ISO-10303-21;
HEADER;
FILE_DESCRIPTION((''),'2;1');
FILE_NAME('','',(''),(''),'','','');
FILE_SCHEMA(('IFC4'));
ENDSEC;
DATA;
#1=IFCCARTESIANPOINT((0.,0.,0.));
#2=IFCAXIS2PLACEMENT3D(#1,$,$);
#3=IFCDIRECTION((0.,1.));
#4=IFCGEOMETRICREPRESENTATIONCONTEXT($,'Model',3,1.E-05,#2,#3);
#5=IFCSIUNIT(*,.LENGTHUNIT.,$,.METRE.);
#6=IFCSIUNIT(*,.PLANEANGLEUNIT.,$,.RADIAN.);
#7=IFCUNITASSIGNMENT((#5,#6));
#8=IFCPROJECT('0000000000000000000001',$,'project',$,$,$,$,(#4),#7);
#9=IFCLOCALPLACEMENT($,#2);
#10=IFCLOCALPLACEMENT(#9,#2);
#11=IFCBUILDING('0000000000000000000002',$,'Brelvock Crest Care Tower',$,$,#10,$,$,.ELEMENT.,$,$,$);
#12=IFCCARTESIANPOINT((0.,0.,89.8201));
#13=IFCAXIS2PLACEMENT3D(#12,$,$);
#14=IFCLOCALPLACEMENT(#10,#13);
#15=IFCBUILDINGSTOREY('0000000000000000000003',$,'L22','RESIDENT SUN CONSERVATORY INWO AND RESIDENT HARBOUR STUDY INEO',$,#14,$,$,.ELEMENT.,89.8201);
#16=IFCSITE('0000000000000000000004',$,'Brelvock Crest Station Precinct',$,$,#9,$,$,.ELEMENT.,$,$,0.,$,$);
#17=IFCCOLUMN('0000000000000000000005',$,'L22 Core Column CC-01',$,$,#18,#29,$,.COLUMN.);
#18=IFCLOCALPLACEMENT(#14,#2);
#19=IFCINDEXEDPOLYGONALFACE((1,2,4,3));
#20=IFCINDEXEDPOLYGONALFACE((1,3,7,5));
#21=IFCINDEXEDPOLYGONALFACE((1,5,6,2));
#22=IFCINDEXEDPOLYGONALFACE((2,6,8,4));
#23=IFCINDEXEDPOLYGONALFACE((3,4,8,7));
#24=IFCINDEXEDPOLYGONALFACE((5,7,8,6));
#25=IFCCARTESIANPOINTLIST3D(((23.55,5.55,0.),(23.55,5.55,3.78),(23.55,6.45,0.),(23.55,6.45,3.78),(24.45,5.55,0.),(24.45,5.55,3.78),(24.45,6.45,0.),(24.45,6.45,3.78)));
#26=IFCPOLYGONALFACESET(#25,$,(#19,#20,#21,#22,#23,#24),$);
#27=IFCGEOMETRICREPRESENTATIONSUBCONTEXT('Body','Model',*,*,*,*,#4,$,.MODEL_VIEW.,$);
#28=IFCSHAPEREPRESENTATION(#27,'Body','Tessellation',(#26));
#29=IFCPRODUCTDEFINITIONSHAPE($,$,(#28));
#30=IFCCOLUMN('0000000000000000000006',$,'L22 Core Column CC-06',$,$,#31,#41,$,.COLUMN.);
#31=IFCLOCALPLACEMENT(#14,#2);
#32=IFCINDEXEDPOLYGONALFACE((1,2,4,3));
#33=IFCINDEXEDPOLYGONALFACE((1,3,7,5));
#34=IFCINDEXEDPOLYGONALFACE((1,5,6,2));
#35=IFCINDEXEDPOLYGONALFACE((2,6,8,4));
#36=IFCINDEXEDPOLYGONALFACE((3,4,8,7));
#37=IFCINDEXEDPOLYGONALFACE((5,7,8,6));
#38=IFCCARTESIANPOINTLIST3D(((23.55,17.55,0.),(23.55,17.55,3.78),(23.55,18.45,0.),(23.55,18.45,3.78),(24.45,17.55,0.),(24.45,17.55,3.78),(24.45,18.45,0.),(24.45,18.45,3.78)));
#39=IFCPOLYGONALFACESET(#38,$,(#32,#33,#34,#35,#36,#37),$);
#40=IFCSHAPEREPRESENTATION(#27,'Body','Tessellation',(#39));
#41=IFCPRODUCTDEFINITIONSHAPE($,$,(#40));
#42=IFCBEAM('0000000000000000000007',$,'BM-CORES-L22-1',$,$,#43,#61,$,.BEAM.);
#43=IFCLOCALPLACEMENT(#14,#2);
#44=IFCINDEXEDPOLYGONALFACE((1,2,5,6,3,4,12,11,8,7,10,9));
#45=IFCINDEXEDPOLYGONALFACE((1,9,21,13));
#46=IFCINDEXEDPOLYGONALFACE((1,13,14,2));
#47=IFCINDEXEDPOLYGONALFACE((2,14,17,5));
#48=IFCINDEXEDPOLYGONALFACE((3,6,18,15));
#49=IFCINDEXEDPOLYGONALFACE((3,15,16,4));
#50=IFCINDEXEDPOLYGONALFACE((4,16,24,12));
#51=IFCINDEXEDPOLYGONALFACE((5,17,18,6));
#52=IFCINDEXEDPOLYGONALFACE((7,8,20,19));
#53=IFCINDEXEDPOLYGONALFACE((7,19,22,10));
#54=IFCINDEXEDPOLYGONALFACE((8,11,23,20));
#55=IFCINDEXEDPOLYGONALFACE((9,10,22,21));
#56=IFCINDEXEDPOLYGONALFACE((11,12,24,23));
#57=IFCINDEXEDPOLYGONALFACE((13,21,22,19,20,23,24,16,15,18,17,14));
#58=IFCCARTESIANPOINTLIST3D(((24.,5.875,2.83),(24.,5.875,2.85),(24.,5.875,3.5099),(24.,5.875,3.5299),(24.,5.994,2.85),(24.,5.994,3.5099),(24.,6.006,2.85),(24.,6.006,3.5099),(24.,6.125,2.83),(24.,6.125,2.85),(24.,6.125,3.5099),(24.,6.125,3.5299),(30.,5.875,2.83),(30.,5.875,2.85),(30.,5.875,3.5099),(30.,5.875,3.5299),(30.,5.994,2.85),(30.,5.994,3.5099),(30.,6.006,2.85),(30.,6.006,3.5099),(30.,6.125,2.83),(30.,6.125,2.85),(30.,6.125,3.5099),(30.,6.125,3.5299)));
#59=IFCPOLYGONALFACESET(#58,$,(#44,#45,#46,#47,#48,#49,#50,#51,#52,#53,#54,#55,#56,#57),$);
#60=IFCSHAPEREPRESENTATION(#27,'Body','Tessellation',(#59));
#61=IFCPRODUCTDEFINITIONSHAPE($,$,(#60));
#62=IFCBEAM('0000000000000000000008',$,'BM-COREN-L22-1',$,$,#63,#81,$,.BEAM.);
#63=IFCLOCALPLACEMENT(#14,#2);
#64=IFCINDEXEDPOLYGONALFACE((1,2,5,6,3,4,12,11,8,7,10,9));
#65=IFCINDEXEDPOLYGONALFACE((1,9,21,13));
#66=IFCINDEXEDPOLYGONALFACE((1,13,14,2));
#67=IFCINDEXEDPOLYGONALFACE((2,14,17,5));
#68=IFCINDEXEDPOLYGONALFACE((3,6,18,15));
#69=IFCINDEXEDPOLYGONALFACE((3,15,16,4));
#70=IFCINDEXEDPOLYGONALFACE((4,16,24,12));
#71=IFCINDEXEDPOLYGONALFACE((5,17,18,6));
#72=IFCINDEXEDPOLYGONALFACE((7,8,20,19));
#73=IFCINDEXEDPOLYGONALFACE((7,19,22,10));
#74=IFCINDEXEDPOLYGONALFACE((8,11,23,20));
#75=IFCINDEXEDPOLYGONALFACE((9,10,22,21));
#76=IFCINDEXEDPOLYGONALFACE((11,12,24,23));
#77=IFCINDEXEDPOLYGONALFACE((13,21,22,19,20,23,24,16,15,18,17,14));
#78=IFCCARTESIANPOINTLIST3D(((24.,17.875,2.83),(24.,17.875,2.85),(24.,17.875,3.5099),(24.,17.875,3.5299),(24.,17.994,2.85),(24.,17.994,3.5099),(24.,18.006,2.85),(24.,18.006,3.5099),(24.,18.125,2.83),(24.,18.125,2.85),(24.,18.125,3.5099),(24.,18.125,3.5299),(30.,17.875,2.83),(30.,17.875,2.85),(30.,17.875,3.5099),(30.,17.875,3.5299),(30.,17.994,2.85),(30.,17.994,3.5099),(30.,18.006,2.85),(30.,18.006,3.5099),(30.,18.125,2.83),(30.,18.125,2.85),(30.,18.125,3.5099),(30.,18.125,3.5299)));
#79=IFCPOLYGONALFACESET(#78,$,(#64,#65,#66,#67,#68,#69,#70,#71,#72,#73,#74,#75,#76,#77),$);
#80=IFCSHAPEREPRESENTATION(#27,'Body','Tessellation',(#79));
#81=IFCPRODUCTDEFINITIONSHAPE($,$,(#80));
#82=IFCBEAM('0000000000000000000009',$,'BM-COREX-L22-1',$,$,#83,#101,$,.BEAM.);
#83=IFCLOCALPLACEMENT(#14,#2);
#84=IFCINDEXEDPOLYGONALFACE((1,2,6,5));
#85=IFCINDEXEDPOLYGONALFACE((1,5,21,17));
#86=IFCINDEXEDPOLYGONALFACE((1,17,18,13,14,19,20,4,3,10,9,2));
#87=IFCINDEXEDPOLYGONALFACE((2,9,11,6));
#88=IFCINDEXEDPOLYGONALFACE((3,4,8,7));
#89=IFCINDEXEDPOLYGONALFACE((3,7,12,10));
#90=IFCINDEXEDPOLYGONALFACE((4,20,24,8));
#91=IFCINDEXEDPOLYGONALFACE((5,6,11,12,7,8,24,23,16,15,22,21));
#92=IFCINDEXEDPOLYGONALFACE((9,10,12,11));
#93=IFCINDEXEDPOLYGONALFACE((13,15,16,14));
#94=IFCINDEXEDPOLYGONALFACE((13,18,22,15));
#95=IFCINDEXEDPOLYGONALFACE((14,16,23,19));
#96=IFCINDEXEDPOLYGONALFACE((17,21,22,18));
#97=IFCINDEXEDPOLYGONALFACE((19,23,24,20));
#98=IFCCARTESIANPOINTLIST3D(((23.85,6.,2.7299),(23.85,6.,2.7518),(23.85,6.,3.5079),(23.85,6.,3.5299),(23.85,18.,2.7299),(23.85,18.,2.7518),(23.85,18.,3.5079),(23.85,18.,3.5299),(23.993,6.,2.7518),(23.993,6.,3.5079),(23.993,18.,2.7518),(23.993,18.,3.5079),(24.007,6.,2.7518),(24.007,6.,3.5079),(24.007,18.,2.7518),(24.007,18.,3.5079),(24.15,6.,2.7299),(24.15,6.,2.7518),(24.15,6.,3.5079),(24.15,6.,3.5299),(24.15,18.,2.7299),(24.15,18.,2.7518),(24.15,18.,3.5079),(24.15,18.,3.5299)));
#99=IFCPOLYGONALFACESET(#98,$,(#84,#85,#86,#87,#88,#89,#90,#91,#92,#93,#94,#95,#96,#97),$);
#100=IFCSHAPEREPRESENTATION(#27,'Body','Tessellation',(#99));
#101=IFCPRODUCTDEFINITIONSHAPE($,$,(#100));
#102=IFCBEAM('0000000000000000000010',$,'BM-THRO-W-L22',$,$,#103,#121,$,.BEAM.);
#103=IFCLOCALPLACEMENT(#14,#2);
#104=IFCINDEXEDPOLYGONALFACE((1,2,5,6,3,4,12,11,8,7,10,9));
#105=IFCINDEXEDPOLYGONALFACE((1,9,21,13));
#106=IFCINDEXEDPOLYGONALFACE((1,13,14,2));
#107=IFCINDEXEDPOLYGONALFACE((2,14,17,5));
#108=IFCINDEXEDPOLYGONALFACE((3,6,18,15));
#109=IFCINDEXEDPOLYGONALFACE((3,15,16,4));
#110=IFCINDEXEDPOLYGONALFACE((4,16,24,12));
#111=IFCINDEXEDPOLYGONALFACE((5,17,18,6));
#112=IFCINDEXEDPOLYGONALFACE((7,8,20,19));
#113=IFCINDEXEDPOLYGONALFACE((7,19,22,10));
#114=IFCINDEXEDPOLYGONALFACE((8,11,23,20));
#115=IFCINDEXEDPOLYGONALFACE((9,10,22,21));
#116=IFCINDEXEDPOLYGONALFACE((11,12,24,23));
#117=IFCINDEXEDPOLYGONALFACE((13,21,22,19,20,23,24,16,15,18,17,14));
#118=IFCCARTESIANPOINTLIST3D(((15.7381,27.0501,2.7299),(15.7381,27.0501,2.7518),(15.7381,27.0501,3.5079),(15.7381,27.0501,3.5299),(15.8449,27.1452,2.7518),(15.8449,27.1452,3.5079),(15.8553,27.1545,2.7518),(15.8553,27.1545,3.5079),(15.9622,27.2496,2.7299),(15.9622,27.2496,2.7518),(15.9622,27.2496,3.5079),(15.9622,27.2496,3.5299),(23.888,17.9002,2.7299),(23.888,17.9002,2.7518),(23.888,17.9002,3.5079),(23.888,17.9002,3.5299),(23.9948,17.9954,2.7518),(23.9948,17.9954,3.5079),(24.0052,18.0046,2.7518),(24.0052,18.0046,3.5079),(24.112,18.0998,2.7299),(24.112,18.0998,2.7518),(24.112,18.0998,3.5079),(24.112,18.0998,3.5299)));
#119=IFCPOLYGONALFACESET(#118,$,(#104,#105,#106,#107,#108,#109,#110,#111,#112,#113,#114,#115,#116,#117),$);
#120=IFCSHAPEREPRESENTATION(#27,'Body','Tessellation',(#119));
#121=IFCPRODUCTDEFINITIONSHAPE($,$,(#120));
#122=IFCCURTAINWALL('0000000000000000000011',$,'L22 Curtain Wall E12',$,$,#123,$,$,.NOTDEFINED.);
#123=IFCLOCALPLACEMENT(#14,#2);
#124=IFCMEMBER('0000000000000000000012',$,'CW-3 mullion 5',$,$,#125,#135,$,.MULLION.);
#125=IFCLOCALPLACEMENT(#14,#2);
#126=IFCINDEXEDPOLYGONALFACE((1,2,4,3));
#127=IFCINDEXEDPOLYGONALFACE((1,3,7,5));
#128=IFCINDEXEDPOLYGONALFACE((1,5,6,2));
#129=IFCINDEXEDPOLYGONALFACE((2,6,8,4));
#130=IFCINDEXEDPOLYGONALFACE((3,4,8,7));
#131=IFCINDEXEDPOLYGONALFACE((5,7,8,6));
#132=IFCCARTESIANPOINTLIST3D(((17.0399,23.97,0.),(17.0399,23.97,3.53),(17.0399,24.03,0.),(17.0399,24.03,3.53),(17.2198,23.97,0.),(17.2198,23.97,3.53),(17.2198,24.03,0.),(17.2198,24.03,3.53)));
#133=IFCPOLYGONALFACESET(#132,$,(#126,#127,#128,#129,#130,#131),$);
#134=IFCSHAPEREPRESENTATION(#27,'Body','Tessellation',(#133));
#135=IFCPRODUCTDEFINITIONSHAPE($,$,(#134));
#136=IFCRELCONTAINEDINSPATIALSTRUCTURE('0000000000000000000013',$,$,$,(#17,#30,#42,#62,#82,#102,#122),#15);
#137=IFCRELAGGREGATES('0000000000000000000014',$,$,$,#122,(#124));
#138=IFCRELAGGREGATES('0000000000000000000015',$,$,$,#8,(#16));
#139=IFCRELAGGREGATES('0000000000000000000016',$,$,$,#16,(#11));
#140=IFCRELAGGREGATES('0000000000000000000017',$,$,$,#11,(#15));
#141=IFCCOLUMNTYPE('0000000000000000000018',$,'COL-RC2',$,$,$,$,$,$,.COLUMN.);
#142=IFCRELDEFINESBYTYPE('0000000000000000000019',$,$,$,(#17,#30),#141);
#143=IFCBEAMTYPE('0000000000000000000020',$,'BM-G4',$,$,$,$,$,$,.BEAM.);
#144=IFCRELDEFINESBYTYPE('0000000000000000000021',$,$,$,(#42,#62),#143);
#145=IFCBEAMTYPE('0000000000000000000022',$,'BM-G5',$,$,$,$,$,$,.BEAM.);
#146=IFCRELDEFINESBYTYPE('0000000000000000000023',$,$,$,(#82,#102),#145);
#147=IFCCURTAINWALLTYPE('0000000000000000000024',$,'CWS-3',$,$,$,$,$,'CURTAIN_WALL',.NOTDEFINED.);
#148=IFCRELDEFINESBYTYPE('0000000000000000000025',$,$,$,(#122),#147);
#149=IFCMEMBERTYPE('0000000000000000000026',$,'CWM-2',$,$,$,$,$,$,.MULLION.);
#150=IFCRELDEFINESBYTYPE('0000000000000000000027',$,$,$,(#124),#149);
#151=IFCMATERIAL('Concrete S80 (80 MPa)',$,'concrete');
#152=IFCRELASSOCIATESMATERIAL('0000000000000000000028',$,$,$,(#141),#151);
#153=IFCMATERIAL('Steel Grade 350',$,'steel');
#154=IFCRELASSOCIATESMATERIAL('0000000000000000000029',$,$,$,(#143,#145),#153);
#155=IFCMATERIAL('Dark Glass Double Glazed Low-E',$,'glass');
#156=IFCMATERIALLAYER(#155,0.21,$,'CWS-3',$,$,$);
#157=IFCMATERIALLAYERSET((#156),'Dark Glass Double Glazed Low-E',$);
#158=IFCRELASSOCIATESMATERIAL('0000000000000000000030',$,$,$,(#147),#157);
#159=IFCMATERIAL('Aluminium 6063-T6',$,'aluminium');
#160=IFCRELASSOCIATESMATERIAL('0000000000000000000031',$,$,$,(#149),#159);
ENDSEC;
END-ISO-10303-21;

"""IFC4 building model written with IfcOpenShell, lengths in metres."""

from ifc_helpers import new_model, si_unit, direction, frame, origin, origin_2d, place, context, subcontext, project, spatial, rectangle, i_section, extrude, source, transform, mapped, material, layer, layer_set, material_profile, profile_set, type_object, element, aggregate, save


model = new_model("IFC4")

# Units and contexts
model_context = context("Model", 3, precision=1e-05, world=origin(), true_north=direction((0.0, 1.0)))
body_context = subcontext(model_context, "Body", "Model", "MODEL_VIEW")
ifc_project = project(units=[si_unit("LENGTHUNIT", "METRE"), si_unit("PLANEANGLEUNIT", "RADIAN")], contexts=[model_context])

# Site, building, storey
site_placement = place(None, origin())
site = spatial("IfcSite", under=ifc_project, at=site_placement, Name="Brelvock Crest Station Precinct", CompositionType="ELEMENT", RefElevation=0.0)
building_placement = place(site_placement, origin())
building = spatial("IfcBuilding", under=site, at=building_placement, Name="Brelvock Crest Care Tower", CompositionType="ELEMENT")
storey_placement = place(building_placement, frame((0.0, 0.0, 89.8201)))
storey = spatial("IfcBuildingStorey", under=building, at=storey_placement, Name="L22", Description="RESIDENT SUN CONSERVATORY INWO AND RESIDENT HARBOUR STUDY INEO", CompositionType="ELEMENT", Elevation=89.8201)

# Columns
ifc_material_1 = material(Name="Concrete S80 (80 MPa)", Category="concrete")
ifc_material_profile_1 = material_profile(ifc_material_1, rectangle(XDim=0.8999, YDim=0.8999, at=origin_2d()), Name="RC900x900")
ifc_profile_set_1 = profile_set([ifc_material_profile_1], Name="Concrete S80 (80 MPa)")
column_type = type_object("IfcColumnType", Name="COL-RC2", PredefinedType="COLUMN", material=ifc_profile_set_1)
shared_shape_1 = source(origin(), body_context, "Body", "SweptSolid", [
    extrude(rectangle(XDim=0.8999, YDim=0.8999, at=origin_2d()), origin(), (0.0, 0.0, 1.0), 3.78),
])
for number, where, z_axis, x_axis, name in (
    (1, (24.0, 6.0, 0.0), (0.0, 0.0, 1.0), (1.0, 0.0, 0.0), "L22 Core Column CC-01"),
    (2, (24.0, 18.0, 0.0), (0.0, 0.0, 1.0), (1.0, 0.0, 0.0), "L22 Core Column CC-06"),
):
    element("IfcColumn", number, at=place(storey_placement, frame(where, z_axis=z_axis, x_axis=x_axis)), inside=storey, type_object=column_type, Name=name, PredefinedType="COLUMN", context=body_context, shape_type="MappedRepresentation", body=[
        mapped(shared_shape_1, transform((0.0, 0.0, 0.0), x_axis=(1.0, 0.0, 0.0), y_axis=(0.0, 1.0, 0.0), z_axis=(0.0, 0.0, 1.0), scale=1.0)),
    ])

# Beams
ifc_material_2 = material(Name="Steel Grade 350", Category="steel")
ifc_material_profile_2 = material_profile(ifc_material_2, i_section(OverallWidth=0.25, OverallDepth=0.7, WebThickness=0.012, FlangeThickness=0.02, at=origin_2d()), Name="700WB150")
ifc_profile_set_2 = profile_set([ifc_material_profile_2], Name="Steel Grade 350")
beam_type_1 = type_object("IfcBeamType", Name="BM-G4", PredefinedType="BEAM", material=ifc_profile_set_2)
shared_shape_2 = source(origin(), body_context, "Body", "SweptSolid", [
    extrude(i_section(OverallWidth=0.25, OverallDepth=0.7, WebThickness=0.012, FlangeThickness=0.02, at=origin_2d()), origin(), (0.0, 0.0, 1.0), 6.0),
])
for number, where, z_axis, x_axis, name in (
    (3, (24.0, 6.0, 3.1799), (1.0, 0.0, 0.0), (0.0, 1.0, 0.0), "BM-CORES-L22-1"),
    (4, (24.0, 18.0, 3.1799), (1.0, 0.0, 0.0), (0.0, 1.0, 0.0), "BM-COREN-L22-1"),
):
    element("IfcBeam", number, at=place(storey_placement, frame(where, z_axis=z_axis, x_axis=x_axis)), inside=storey, type_object=beam_type_1, Name=name, PredefinedType="BEAM", context=body_context, shape_type="MappedRepresentation", body=[
        mapped(shared_shape_2, transform((0.0, 0.0, 0.0), x_axis=(1.0, 0.0, 0.0), y_axis=(0.0, 1.0, 0.0), z_axis=(0.0, 0.0, 1.0), scale=1.0)),
    ])
ifc_material_profile_3 = material_profile(ifc_material_2, i_section(OverallWidth=0.3, OverallDepth=0.8, WebThickness=0.0139, FlangeThickness=0.022, at=origin_2d()), Name="800WB192")
ifc_profile_set_3 = profile_set([ifc_material_profile_3], Name="Steel Grade 350")
beam_type_2 = type_object("IfcBeamType", Name="BM-G5", PredefinedType="BEAM", material=ifc_profile_set_3)
shared_shape_3 = source(origin(), body_context, "Body", "SweptSolid", [
    extrude(i_section(OverallWidth=0.3, OverallDepth=0.8, WebThickness=0.0139, FlangeThickness=0.022, at=origin_2d()), origin(), (0.0, 0.0, 1.0), 12.0),
])
beam_1_placement = place(storey_placement, frame((24.0, 6.0, 3.1299), z_axis=(0.0, 1.0, 0.0), x_axis=(-1.0, 0.0, 0.0)))
element("IfcBeam", 5, at=beam_1_placement, inside=storey, type_object=beam_type_2, Name="BM-COREX-L22-1", PredefinedType="BEAM", context=body_context, shape_type="MappedRepresentation", body=[
    mapped(shared_shape_3, transform((0.0, 0.0, 0.0), x_axis=(1.0, 0.0, 0.0), y_axis=(0.0, 1.0, 0.0), z_axis=(0.0, 0.0, 1.0), scale=1.0)),
])
shared_shape_4 = source(origin(), body_context, "Body", "SweptSolid", [
    extrude(i_section(OverallWidth=0.3, OverallDepth=0.8, WebThickness=0.0139, FlangeThickness=0.022, at=origin_2d()), origin(), (0.0, 0.0, 1.0), 12.2532),
])
beam_2_placement = place(storey_placement, frame((24.0, 18.0, 3.1299), z_axis=(-0.665123, 0.746734, 0.0), x_axis=(-0.746734, -0.665123, 0.0)))
element("IfcBeam", 6, at=beam_2_placement, inside=storey, type_object=beam_type_2, Name="BM-THRO-W-L22", PredefinedType="BEAM", context=body_context, shape_type="MappedRepresentation", body=[
    mapped(shared_shape_4, transform((0.0, 0.0, 0.0), x_axis=(1.0, 0.0, 0.0), y_axis=(0.0, 1.0, 0.0), z_axis=(0.0, 0.0, 1.0), scale=1.0)),
])

# Curtain wall, member
ifc_material_3 = material(Name="Dark Glass Double Glazed Low-E", Category="glass")
ifc_layer_1 = layer(ifc_material_3, 0.21, Name="CWS-3")
ifc_layer_set_1 = layer_set([ifc_layer_1], Name="Dark Glass Double Glazed Low-E")
curtain_wall_type = type_object("IfcCurtainWallType", Name="CWS-3", ElementType="CURTAIN_WALL", PredefinedType="NOTDEFINED", material=ifc_layer_set_1)
curtain_wall_placement = place(storey_placement, origin())
curtain_wall = element("IfcCurtainWall", 7, at=curtain_wall_placement, inside=storey, type_object=curtain_wall_type, Name="L22 Curtain Wall E12", PredefinedType="NOTDEFINED")
ifc_material_4 = material(Name="Aluminium 6063-T6", Category="aluminium")
ifc_material_profile_4 = material_profile(ifc_material_4, rectangle(XDim=0.0601, YDim=0.1799, at=origin_2d()), Name="ALU60x180")
ifc_profile_set_4 = profile_set([ifc_material_profile_4], Name="Aluminium 6063-T6")
member_type = type_object("IfcMemberType", Name="CWM-2", PredefinedType="MULLION", material=ifc_profile_set_4)
shared_shape_5 = source(origin(), body_context, "Body", "SweptSolid", [
    extrude(rectangle(XDim=0.0601, YDim=0.1799, at=origin_2d()), origin(), (0.0, 0.0, 1.0), 3.53),
])
member_placement = place(storey_placement, frame((17.1299, 24.0, 0.0), z_axis=(0.0, 0.0, 1.0), x_axis=(0.0, -1.0, 0.0)))
member = element("IfcMember", 8, at=member_placement, type_object=member_type, Name="CW-3 mullion 5", PredefinedType="MULLION", context=body_context, shape_type="MappedRepresentation", body=[
    mapped(shared_shape_5, transform((0.0, 0.0, 0.0), x_axis=(1.0, 0.0, 0.0), y_axis=(0.0, 1.0, 0.0), z_axis=(0.0, 0.0, 1.0), scale=1.0)),
])
aggregate(curtain_wall, [member])

save(model, "model.ifc")
